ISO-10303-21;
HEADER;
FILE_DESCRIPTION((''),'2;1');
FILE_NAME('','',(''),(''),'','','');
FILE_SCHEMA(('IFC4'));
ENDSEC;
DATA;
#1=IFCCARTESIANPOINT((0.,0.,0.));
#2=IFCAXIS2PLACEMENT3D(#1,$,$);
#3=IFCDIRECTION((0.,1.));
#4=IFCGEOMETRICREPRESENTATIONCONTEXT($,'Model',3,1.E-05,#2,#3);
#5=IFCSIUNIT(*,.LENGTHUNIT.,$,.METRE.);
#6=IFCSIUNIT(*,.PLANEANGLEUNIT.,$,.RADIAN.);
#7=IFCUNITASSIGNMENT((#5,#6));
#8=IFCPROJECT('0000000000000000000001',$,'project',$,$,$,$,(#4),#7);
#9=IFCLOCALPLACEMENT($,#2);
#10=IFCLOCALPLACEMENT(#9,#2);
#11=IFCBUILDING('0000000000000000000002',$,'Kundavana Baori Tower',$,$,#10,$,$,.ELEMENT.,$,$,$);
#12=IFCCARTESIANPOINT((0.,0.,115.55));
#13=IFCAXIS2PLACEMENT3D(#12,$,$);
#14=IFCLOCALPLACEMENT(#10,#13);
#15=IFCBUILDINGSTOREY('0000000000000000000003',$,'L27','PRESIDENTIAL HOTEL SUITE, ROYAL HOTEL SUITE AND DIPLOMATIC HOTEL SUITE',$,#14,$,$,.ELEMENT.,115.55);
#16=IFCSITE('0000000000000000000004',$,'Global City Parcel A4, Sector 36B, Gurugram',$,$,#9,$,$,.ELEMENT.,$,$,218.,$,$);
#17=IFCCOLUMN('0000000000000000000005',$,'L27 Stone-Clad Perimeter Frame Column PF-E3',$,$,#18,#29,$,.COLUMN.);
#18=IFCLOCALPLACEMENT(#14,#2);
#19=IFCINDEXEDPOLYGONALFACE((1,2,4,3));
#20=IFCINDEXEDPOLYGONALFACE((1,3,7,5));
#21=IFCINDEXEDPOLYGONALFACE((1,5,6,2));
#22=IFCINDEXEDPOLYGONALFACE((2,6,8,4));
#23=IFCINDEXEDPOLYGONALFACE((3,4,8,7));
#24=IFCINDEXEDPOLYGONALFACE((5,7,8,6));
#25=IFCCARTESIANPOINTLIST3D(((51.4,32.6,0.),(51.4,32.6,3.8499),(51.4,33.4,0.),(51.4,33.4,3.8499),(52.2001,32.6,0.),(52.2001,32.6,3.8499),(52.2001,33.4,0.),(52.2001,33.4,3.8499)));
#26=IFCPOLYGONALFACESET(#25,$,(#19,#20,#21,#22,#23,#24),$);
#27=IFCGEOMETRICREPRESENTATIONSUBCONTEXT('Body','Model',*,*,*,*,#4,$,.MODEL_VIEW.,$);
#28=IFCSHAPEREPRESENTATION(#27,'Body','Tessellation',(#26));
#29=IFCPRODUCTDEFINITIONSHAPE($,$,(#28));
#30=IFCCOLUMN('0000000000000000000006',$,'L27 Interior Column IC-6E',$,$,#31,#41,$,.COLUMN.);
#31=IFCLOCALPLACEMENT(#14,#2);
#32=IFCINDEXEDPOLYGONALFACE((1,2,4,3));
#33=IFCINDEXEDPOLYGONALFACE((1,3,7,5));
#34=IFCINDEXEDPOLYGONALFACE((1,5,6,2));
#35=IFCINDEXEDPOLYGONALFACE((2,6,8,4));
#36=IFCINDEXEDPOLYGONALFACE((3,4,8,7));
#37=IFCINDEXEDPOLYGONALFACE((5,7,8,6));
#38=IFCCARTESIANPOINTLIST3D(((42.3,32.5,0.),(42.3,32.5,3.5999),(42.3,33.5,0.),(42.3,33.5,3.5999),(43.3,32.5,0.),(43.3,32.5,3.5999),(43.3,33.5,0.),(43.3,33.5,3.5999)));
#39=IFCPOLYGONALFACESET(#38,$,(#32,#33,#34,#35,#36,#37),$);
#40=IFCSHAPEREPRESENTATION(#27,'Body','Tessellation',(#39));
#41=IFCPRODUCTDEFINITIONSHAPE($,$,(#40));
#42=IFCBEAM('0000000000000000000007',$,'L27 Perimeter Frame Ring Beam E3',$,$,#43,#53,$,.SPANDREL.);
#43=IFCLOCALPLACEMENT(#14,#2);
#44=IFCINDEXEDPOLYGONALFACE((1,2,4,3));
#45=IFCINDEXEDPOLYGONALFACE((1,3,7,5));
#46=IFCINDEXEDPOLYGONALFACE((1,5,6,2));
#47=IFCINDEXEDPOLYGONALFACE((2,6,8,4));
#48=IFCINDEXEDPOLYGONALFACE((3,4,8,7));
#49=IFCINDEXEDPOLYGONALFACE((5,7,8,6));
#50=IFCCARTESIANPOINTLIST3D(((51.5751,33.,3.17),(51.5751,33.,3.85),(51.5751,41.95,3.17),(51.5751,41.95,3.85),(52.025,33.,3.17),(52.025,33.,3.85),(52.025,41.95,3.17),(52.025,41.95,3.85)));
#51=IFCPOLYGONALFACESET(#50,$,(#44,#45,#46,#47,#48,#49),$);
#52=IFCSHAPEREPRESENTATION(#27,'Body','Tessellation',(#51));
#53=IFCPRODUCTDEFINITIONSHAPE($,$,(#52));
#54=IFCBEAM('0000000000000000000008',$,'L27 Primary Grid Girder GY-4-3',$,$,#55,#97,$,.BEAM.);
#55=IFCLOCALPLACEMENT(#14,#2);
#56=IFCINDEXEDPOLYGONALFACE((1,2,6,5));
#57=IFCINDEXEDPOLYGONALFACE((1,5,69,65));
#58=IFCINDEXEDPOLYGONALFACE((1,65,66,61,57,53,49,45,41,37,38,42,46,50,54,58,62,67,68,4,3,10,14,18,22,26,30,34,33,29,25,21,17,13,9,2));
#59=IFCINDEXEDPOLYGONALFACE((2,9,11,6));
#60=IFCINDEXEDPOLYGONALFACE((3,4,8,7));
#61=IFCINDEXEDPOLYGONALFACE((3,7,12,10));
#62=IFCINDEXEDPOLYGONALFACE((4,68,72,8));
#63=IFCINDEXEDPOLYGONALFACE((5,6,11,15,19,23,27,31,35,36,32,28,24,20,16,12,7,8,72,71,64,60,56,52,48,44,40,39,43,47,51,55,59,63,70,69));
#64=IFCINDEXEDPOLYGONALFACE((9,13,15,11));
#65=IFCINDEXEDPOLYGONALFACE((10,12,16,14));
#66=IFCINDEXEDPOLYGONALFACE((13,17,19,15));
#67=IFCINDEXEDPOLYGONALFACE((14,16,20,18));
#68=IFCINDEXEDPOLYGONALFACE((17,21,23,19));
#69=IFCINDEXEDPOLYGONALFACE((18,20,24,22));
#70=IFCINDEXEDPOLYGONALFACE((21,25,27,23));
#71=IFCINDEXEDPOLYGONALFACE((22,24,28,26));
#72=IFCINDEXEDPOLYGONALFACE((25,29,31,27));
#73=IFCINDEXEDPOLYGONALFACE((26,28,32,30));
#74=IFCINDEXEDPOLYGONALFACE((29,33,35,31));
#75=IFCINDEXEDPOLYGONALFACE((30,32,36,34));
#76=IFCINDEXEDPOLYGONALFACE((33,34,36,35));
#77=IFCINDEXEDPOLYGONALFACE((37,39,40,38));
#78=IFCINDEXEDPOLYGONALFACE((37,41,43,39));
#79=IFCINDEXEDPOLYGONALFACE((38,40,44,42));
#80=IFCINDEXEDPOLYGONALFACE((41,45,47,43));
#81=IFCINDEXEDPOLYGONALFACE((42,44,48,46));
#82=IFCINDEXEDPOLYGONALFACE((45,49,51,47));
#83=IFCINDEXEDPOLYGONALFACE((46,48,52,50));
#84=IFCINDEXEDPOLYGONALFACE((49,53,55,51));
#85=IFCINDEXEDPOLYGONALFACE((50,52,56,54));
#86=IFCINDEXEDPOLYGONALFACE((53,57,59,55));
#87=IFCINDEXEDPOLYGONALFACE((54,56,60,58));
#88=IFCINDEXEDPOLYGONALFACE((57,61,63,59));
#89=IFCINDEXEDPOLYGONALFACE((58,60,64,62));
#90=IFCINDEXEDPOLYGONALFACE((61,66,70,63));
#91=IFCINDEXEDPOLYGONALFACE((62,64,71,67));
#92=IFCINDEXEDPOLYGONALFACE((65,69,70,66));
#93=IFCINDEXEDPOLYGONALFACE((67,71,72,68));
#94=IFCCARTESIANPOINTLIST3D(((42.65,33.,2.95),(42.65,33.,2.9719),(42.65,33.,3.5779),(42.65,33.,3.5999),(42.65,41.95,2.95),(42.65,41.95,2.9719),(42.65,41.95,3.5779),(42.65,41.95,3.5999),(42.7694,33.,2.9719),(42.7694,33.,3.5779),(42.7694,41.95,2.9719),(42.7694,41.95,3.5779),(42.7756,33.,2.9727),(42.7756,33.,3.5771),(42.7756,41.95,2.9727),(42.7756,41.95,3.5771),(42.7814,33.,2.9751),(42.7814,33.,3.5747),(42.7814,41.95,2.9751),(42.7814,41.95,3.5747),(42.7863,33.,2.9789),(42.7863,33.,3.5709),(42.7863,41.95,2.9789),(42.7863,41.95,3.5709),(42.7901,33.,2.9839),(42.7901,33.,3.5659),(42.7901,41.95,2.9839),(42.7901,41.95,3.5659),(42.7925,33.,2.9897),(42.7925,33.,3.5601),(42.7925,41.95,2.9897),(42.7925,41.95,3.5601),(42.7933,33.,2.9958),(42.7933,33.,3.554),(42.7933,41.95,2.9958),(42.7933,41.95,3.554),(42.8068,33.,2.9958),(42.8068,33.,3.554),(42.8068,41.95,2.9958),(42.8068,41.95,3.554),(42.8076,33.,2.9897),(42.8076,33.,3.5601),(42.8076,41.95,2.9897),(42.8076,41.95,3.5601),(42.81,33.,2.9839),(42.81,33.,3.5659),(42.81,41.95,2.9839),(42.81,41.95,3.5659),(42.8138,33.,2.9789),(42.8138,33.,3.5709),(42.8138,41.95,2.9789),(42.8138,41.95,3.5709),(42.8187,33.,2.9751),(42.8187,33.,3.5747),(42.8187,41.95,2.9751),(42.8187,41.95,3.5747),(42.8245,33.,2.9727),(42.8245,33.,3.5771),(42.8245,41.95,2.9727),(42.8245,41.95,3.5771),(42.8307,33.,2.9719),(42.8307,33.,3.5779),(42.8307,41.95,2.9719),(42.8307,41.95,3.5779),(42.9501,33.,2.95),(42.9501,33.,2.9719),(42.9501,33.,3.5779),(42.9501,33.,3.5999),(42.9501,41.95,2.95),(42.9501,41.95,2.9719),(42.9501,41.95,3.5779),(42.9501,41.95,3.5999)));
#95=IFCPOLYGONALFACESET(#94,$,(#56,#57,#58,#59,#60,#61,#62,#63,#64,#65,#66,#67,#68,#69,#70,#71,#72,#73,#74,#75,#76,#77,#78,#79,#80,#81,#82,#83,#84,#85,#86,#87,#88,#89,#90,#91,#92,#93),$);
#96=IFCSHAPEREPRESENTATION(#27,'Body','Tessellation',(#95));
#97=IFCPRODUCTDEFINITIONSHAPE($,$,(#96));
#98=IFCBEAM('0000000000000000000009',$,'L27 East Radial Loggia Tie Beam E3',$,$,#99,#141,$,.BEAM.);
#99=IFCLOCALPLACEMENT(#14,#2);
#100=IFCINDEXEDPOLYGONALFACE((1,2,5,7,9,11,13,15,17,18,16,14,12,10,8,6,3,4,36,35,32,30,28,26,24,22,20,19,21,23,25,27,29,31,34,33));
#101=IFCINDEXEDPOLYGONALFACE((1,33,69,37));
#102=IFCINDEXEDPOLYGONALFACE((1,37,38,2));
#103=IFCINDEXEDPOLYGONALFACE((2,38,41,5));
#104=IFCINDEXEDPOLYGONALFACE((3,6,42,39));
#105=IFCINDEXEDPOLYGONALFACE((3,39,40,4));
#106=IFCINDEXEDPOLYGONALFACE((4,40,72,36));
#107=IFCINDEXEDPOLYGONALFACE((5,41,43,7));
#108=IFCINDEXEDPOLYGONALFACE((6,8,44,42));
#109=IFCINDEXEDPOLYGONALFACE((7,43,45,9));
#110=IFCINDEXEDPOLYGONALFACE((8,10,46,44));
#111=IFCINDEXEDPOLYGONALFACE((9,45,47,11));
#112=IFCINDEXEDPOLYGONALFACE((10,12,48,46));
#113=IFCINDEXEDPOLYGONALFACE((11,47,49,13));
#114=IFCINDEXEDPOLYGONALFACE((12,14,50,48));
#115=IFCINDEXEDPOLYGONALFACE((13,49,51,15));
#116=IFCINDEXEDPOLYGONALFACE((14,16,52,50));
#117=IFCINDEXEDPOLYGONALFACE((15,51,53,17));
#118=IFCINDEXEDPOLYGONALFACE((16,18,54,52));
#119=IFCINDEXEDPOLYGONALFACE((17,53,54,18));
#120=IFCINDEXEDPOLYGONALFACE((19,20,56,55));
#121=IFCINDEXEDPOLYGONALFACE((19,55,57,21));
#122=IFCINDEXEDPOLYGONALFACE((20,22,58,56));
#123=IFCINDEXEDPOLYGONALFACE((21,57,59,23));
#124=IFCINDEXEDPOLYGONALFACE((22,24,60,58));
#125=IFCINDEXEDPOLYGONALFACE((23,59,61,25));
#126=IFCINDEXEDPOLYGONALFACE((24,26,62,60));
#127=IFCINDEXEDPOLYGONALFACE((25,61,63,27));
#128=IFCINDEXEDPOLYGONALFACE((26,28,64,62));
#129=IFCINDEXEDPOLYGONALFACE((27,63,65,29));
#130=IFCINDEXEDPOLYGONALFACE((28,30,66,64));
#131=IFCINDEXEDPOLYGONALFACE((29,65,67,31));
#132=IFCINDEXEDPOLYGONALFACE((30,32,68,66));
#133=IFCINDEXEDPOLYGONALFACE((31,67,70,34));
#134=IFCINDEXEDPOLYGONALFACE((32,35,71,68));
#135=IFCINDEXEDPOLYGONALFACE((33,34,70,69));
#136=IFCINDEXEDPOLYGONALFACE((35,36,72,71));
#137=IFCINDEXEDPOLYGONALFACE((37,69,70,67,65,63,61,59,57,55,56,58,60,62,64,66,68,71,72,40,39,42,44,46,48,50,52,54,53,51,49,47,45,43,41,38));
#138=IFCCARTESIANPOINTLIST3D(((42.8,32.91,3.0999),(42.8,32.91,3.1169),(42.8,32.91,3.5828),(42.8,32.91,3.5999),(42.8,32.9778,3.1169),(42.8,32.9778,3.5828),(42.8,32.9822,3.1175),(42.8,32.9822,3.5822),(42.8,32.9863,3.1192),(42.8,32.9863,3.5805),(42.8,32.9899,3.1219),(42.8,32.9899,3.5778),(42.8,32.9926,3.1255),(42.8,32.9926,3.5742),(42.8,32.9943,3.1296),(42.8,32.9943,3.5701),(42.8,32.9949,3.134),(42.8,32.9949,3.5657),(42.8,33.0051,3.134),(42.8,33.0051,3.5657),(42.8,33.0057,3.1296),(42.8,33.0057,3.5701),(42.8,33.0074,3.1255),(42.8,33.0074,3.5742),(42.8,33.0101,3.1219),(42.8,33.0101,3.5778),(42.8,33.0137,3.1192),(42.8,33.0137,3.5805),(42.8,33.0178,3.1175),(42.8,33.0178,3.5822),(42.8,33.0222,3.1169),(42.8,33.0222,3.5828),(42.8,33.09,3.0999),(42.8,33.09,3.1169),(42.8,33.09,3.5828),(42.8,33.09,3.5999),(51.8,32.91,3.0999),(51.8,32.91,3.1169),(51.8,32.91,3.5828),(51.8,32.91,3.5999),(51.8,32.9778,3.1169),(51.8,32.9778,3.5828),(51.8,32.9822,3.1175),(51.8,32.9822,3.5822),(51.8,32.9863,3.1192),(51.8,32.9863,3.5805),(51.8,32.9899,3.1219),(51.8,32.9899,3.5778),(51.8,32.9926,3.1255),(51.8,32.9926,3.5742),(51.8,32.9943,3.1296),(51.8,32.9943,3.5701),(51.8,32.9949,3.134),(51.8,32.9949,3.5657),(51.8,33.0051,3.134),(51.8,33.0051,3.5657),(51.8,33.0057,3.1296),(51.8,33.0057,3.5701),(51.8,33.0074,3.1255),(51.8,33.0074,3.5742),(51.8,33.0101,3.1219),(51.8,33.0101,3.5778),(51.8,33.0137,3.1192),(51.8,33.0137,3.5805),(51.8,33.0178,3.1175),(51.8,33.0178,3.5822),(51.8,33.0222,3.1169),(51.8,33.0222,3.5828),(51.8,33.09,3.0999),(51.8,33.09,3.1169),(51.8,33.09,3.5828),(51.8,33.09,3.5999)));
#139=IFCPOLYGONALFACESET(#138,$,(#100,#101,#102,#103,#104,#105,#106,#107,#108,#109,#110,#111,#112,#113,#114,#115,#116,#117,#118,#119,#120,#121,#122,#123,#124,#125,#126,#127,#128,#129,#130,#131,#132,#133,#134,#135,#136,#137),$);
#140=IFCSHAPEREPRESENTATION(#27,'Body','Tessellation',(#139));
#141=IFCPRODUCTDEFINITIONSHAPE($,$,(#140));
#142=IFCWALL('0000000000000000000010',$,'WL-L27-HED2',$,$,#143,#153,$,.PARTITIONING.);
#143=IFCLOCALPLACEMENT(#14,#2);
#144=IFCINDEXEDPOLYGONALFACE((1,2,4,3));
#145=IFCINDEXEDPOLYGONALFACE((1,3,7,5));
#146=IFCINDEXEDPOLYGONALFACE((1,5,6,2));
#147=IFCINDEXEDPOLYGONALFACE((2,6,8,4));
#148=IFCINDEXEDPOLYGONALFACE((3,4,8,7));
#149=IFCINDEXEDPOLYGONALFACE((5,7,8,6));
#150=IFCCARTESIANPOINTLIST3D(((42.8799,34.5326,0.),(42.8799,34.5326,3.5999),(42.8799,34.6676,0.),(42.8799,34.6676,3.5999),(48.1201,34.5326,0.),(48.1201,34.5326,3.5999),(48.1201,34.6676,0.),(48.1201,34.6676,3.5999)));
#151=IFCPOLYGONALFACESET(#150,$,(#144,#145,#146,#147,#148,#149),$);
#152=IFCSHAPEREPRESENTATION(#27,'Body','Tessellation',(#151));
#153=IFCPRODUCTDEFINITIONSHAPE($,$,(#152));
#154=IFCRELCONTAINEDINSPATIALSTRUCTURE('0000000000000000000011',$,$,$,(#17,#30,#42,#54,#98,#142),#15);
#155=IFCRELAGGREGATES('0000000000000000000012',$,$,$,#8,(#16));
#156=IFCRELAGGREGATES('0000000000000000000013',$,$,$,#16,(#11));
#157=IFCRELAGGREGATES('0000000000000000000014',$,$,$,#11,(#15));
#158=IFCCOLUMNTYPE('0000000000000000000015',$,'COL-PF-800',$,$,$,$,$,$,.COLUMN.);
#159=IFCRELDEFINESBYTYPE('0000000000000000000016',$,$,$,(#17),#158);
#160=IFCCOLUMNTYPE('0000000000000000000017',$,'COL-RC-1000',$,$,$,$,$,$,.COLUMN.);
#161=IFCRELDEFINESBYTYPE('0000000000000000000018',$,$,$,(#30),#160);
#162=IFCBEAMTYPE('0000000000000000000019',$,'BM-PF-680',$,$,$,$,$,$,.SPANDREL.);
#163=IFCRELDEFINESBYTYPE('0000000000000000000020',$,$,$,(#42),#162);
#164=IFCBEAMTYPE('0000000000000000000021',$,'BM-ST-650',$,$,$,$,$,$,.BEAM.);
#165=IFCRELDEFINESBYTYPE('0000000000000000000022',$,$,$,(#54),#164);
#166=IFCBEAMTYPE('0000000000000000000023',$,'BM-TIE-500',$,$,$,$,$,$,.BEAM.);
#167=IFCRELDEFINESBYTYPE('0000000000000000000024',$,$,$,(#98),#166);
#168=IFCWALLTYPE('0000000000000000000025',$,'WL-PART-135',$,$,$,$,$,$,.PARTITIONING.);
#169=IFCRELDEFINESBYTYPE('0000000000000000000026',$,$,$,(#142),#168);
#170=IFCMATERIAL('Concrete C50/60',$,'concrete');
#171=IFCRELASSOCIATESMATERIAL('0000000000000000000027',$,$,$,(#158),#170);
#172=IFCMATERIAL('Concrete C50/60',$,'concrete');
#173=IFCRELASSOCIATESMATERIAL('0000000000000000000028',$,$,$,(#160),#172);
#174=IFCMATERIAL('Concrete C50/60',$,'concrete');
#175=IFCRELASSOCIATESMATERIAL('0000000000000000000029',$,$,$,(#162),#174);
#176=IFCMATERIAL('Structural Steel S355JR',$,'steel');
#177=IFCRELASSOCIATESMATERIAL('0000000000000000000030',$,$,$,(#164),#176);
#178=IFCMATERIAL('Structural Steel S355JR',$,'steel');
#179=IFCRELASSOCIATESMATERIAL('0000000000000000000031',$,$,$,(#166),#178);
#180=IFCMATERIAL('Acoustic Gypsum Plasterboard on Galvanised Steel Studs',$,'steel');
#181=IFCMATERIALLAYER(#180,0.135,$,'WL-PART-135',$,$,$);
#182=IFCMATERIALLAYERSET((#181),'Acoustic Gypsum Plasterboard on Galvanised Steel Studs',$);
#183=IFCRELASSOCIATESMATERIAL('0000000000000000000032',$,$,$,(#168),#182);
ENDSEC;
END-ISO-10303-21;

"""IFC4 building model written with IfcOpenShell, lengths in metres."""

from ifc_helpers import new_model, si_unit, direction, frame, frame_2d, origin, origin_2d, place, context, subcontext, project, spatial, rectangle, i_section, extrude, material, layer, layer_set, material_profile, profile_set, type_object, element, save


model = new_model("IFC4")

# Units and contexts
model_context = context("Model", 3, precision=1e-05, world=origin(), true_north=direction((0.0, 1.0)))
body_context = subcontext(model_context, "Body", "Model", "MODEL_VIEW")
ifc_project = project(units=[si_unit("LENGTHUNIT", "METRE"), si_unit("PLANEANGLEUNIT", "RADIAN")], contexts=[model_context])

# Site, building, storey
site_placement = place(None, origin())
site = spatial("IfcSite", under=ifc_project, at=site_placement, Name="Global City Parcel A4, Sector 36B, Gurugram", CompositionType="ELEMENT", RefElevation=218.0)
building_placement = place(site_placement, origin())
building = spatial("IfcBuilding", under=site, at=building_placement, Name="Kundavana Baori Tower", CompositionType="ELEMENT")
storey_placement = place(building_placement, frame((0.0, 0.0, 115.55)))
storey = spatial("IfcBuildingStorey", under=building, at=storey_placement, Name="L27", Description="PRESIDENTIAL HOTEL SUITE, ROYAL HOTEL SUITE AND DIPLOMATIC HOTEL SUITE", CompositionType="ELEMENT", Elevation=115.55)

# Columns
ifc_material_1 = material(Name="Concrete C50/60", Category="concrete")
ifc_material_profile_1 = material_profile(ifc_material_1, rectangle(XDim=0.8, YDim=0.8, at=origin_2d()), Name="RC PF 800x800")
ifc_profile_set_1 = profile_set([ifc_material_profile_1], Name="Concrete C50/60")
column_type_1 = type_object("IfcColumnType", Name="COL-PF-800", PredefinedType="COLUMN", material=ifc_profile_set_1)
column_1_placement = place(storey_placement, frame((51.8, 33.0, 0.0), z_axis=(0.0, 0.0, 1.0), x_axis=(1.0, 0.0, 0.0)))
element("IfcColumn", 1, at=column_1_placement, inside=storey, type_object=column_type_1, Name="L27 Stone-Clad Perimeter Frame Column PF-E3", PredefinedType="COLUMN", context=body_context, shape_type="SweptSolid", body=[
    extrude(rectangle(XDim=0.8, YDim=0.8, at=origin_2d()), origin(), (0.0, 0.0, 1.0), 3.8499),
])
ifc_material_2 = material(Name="Concrete C50/60", Category="concrete")
ifc_material_profile_2 = material_profile(ifc_material_2, rectangle(XDim=1.0, YDim=1.0, at=origin_2d()), Name="RC 1000x1000")
ifc_profile_set_2 = profile_set([ifc_material_profile_2], Name="Concrete C50/60")
column_type_2 = type_object("IfcColumnType", Name="COL-RC-1000", PredefinedType="COLUMN", material=ifc_profile_set_2)
column_2_placement = place(storey_placement, frame((42.8, 33.0, 0.0), z_axis=(0.0, 0.0, 1.0), x_axis=(1.0, 0.0, 0.0)))
element("IfcColumn", 2, at=column_2_placement, inside=storey, type_object=column_type_2, Name="L27 Interior Column IC-6E", PredefinedType="COLUMN", context=body_context, shape_type="SweptSolid", body=[
    extrude(rectangle(XDim=1.0, YDim=1.0, at=origin_2d()), origin(), (0.0, 0.0, 1.0), 3.5999),
])

# Beams
ifc_material_3 = material(Name="Concrete C50/60", Category="concrete")
ifc_material_profile_3 = material_profile(ifc_material_3, rectangle(XDim=0.45, YDim=0.6799, at=origin_2d()), Name="RC BM 450x680")
ifc_profile_set_3 = profile_set([ifc_material_profile_3], Name="Concrete C50/60")
beam_type_1 = type_object("IfcBeamType", Name="BM-PF-680", PredefinedType="SPANDREL", material=ifc_profile_set_3)
beam_1_placement = place(storey_placement, frame((51.8, 33.0, 3.51), z_axis=(0.0, 1.0, 0.0), x_axis=(-1.0, 0.0, 0.0)))
element("IfcBeam", 3, at=beam_1_placement, inside=storey, type_object=beam_type_1, Name="L27 Perimeter Frame Ring Beam E3", PredefinedType="SPANDREL", context=body_context, shape_type="SweptSolid", body=[
    extrude(rectangle(XDim=0.45, YDim=0.6799, at=origin_2d()), origin(), (0.0, 0.0, 1.0), 8.95),
])
ifc_material_4 = material(Name="Structural Steel S355JR", Category="steel")
ifc_material_profile_4 = material_profile(ifc_material_4, i_section(OverallWidth=0.3, OverallDepth=0.6499, WebThickness=0.0134, FlangeThickness=0.022, FilletRadius=0.0239, at=origin_2d()), Name="NPB 650x300x155")
ifc_profile_set_4 = profile_set([ifc_material_profile_4], Name="Structural Steel S355JR")
beam_type_2 = type_object("IfcBeamType", Name="BM-ST-650", PredefinedType="BEAM", material=ifc_profile_set_4)
beam_2_placement = place(storey_placement, frame((42.8, 33.0, 3.2749), z_axis=(0.0, 1.0, 0.0), x_axis=(-1.0, 0.0, 0.0)))
element("IfcBeam", 4, at=beam_2_placement, inside=storey, type_object=beam_type_2, Name="L27 Primary Grid Girder GY-4-3", PredefinedType="BEAM", context=body_context, shape_type="SweptSolid", body=[
    extrude(i_section(OverallWidth=0.3, OverallDepth=0.6499, WebThickness=0.0134, FlangeThickness=0.022, FilletRadius=0.0239, at=origin_2d()), origin(), (0.0, 0.0, 1.0), 8.95),
])
ifc_material_5 = material(Name="Structural Steel S355JR", Category="steel")
ifc_material_profile_5 = material_profile(ifc_material_5, i_section(OverallWidth=0.1799, OverallDepth=0.5, WebThickness=0.0103, FlangeThickness=0.0171, FilletRadius=0.0171, at=origin_2d()), Name="ISMB 500")
ifc_profile_set_5 = profile_set([ifc_material_profile_5], Name="Structural Steel S355JR")
beam_type_3 = type_object("IfcBeamType", Name="BM-TIE-500", PredefinedType="BEAM", material=ifc_profile_set_5)
beam_3_placement = place(storey_placement, frame((42.8, 33.0, 3.3499), z_axis=(1.0, 0.0, 0.0), x_axis=(0.0, 1.0, 0.0)))
element("IfcBeam", 5, at=beam_3_placement, inside=storey, type_object=beam_type_3, Name="L27 East Radial Loggia Tie Beam E3", PredefinedType="BEAM", context=body_context, shape_type="SweptSolid", body=[
    extrude(i_section(OverallWidth=0.1799, OverallDepth=0.5, WebThickness=0.0103, FlangeThickness=0.0171, FilletRadius=0.0171, at=origin_2d()), origin(), (0.0, 0.0, 1.0), 9.0),
])

# Wall
ifc_material_6 = material(Name="Acoustic Gypsum Plasterboard on Galvanised Steel Studs", Category="steel")
ifc_layer_1 = layer(ifc_material_6, 0.135, Name="WL-PART-135")
ifc_layer_set_1 = layer_set([ifc_layer_1], Name="Acoustic Gypsum Plasterboard on Galvanised Steel Studs")
wall_type_1 = type_object("IfcWallType", Name="WL-PART-135", PredefinedType="PARTITIONING", material=ifc_layer_set_1)
wall_1_placement = place(storey_placement, frame((42.8799, 34.6001, 0.0), z_axis=(0.0, 0.0, 1.0), x_axis=(1.0, 0.0, 0.0)))
element("IfcWall", 6, at=wall_1_placement, inside=storey, type_object=wall_type_1, Name="WL-L27-HED2", PredefinedType="PARTITIONING", context=body_context, shape_type="SweptSolid", body=[
    extrude(rectangle(XDim=5.2402, YDim=0.135, at=frame_2d((2.6201, 0.0))), origin(), (0.0, 0.0, 1.0), 3.5999),
])

save(model, "model.ifc")
